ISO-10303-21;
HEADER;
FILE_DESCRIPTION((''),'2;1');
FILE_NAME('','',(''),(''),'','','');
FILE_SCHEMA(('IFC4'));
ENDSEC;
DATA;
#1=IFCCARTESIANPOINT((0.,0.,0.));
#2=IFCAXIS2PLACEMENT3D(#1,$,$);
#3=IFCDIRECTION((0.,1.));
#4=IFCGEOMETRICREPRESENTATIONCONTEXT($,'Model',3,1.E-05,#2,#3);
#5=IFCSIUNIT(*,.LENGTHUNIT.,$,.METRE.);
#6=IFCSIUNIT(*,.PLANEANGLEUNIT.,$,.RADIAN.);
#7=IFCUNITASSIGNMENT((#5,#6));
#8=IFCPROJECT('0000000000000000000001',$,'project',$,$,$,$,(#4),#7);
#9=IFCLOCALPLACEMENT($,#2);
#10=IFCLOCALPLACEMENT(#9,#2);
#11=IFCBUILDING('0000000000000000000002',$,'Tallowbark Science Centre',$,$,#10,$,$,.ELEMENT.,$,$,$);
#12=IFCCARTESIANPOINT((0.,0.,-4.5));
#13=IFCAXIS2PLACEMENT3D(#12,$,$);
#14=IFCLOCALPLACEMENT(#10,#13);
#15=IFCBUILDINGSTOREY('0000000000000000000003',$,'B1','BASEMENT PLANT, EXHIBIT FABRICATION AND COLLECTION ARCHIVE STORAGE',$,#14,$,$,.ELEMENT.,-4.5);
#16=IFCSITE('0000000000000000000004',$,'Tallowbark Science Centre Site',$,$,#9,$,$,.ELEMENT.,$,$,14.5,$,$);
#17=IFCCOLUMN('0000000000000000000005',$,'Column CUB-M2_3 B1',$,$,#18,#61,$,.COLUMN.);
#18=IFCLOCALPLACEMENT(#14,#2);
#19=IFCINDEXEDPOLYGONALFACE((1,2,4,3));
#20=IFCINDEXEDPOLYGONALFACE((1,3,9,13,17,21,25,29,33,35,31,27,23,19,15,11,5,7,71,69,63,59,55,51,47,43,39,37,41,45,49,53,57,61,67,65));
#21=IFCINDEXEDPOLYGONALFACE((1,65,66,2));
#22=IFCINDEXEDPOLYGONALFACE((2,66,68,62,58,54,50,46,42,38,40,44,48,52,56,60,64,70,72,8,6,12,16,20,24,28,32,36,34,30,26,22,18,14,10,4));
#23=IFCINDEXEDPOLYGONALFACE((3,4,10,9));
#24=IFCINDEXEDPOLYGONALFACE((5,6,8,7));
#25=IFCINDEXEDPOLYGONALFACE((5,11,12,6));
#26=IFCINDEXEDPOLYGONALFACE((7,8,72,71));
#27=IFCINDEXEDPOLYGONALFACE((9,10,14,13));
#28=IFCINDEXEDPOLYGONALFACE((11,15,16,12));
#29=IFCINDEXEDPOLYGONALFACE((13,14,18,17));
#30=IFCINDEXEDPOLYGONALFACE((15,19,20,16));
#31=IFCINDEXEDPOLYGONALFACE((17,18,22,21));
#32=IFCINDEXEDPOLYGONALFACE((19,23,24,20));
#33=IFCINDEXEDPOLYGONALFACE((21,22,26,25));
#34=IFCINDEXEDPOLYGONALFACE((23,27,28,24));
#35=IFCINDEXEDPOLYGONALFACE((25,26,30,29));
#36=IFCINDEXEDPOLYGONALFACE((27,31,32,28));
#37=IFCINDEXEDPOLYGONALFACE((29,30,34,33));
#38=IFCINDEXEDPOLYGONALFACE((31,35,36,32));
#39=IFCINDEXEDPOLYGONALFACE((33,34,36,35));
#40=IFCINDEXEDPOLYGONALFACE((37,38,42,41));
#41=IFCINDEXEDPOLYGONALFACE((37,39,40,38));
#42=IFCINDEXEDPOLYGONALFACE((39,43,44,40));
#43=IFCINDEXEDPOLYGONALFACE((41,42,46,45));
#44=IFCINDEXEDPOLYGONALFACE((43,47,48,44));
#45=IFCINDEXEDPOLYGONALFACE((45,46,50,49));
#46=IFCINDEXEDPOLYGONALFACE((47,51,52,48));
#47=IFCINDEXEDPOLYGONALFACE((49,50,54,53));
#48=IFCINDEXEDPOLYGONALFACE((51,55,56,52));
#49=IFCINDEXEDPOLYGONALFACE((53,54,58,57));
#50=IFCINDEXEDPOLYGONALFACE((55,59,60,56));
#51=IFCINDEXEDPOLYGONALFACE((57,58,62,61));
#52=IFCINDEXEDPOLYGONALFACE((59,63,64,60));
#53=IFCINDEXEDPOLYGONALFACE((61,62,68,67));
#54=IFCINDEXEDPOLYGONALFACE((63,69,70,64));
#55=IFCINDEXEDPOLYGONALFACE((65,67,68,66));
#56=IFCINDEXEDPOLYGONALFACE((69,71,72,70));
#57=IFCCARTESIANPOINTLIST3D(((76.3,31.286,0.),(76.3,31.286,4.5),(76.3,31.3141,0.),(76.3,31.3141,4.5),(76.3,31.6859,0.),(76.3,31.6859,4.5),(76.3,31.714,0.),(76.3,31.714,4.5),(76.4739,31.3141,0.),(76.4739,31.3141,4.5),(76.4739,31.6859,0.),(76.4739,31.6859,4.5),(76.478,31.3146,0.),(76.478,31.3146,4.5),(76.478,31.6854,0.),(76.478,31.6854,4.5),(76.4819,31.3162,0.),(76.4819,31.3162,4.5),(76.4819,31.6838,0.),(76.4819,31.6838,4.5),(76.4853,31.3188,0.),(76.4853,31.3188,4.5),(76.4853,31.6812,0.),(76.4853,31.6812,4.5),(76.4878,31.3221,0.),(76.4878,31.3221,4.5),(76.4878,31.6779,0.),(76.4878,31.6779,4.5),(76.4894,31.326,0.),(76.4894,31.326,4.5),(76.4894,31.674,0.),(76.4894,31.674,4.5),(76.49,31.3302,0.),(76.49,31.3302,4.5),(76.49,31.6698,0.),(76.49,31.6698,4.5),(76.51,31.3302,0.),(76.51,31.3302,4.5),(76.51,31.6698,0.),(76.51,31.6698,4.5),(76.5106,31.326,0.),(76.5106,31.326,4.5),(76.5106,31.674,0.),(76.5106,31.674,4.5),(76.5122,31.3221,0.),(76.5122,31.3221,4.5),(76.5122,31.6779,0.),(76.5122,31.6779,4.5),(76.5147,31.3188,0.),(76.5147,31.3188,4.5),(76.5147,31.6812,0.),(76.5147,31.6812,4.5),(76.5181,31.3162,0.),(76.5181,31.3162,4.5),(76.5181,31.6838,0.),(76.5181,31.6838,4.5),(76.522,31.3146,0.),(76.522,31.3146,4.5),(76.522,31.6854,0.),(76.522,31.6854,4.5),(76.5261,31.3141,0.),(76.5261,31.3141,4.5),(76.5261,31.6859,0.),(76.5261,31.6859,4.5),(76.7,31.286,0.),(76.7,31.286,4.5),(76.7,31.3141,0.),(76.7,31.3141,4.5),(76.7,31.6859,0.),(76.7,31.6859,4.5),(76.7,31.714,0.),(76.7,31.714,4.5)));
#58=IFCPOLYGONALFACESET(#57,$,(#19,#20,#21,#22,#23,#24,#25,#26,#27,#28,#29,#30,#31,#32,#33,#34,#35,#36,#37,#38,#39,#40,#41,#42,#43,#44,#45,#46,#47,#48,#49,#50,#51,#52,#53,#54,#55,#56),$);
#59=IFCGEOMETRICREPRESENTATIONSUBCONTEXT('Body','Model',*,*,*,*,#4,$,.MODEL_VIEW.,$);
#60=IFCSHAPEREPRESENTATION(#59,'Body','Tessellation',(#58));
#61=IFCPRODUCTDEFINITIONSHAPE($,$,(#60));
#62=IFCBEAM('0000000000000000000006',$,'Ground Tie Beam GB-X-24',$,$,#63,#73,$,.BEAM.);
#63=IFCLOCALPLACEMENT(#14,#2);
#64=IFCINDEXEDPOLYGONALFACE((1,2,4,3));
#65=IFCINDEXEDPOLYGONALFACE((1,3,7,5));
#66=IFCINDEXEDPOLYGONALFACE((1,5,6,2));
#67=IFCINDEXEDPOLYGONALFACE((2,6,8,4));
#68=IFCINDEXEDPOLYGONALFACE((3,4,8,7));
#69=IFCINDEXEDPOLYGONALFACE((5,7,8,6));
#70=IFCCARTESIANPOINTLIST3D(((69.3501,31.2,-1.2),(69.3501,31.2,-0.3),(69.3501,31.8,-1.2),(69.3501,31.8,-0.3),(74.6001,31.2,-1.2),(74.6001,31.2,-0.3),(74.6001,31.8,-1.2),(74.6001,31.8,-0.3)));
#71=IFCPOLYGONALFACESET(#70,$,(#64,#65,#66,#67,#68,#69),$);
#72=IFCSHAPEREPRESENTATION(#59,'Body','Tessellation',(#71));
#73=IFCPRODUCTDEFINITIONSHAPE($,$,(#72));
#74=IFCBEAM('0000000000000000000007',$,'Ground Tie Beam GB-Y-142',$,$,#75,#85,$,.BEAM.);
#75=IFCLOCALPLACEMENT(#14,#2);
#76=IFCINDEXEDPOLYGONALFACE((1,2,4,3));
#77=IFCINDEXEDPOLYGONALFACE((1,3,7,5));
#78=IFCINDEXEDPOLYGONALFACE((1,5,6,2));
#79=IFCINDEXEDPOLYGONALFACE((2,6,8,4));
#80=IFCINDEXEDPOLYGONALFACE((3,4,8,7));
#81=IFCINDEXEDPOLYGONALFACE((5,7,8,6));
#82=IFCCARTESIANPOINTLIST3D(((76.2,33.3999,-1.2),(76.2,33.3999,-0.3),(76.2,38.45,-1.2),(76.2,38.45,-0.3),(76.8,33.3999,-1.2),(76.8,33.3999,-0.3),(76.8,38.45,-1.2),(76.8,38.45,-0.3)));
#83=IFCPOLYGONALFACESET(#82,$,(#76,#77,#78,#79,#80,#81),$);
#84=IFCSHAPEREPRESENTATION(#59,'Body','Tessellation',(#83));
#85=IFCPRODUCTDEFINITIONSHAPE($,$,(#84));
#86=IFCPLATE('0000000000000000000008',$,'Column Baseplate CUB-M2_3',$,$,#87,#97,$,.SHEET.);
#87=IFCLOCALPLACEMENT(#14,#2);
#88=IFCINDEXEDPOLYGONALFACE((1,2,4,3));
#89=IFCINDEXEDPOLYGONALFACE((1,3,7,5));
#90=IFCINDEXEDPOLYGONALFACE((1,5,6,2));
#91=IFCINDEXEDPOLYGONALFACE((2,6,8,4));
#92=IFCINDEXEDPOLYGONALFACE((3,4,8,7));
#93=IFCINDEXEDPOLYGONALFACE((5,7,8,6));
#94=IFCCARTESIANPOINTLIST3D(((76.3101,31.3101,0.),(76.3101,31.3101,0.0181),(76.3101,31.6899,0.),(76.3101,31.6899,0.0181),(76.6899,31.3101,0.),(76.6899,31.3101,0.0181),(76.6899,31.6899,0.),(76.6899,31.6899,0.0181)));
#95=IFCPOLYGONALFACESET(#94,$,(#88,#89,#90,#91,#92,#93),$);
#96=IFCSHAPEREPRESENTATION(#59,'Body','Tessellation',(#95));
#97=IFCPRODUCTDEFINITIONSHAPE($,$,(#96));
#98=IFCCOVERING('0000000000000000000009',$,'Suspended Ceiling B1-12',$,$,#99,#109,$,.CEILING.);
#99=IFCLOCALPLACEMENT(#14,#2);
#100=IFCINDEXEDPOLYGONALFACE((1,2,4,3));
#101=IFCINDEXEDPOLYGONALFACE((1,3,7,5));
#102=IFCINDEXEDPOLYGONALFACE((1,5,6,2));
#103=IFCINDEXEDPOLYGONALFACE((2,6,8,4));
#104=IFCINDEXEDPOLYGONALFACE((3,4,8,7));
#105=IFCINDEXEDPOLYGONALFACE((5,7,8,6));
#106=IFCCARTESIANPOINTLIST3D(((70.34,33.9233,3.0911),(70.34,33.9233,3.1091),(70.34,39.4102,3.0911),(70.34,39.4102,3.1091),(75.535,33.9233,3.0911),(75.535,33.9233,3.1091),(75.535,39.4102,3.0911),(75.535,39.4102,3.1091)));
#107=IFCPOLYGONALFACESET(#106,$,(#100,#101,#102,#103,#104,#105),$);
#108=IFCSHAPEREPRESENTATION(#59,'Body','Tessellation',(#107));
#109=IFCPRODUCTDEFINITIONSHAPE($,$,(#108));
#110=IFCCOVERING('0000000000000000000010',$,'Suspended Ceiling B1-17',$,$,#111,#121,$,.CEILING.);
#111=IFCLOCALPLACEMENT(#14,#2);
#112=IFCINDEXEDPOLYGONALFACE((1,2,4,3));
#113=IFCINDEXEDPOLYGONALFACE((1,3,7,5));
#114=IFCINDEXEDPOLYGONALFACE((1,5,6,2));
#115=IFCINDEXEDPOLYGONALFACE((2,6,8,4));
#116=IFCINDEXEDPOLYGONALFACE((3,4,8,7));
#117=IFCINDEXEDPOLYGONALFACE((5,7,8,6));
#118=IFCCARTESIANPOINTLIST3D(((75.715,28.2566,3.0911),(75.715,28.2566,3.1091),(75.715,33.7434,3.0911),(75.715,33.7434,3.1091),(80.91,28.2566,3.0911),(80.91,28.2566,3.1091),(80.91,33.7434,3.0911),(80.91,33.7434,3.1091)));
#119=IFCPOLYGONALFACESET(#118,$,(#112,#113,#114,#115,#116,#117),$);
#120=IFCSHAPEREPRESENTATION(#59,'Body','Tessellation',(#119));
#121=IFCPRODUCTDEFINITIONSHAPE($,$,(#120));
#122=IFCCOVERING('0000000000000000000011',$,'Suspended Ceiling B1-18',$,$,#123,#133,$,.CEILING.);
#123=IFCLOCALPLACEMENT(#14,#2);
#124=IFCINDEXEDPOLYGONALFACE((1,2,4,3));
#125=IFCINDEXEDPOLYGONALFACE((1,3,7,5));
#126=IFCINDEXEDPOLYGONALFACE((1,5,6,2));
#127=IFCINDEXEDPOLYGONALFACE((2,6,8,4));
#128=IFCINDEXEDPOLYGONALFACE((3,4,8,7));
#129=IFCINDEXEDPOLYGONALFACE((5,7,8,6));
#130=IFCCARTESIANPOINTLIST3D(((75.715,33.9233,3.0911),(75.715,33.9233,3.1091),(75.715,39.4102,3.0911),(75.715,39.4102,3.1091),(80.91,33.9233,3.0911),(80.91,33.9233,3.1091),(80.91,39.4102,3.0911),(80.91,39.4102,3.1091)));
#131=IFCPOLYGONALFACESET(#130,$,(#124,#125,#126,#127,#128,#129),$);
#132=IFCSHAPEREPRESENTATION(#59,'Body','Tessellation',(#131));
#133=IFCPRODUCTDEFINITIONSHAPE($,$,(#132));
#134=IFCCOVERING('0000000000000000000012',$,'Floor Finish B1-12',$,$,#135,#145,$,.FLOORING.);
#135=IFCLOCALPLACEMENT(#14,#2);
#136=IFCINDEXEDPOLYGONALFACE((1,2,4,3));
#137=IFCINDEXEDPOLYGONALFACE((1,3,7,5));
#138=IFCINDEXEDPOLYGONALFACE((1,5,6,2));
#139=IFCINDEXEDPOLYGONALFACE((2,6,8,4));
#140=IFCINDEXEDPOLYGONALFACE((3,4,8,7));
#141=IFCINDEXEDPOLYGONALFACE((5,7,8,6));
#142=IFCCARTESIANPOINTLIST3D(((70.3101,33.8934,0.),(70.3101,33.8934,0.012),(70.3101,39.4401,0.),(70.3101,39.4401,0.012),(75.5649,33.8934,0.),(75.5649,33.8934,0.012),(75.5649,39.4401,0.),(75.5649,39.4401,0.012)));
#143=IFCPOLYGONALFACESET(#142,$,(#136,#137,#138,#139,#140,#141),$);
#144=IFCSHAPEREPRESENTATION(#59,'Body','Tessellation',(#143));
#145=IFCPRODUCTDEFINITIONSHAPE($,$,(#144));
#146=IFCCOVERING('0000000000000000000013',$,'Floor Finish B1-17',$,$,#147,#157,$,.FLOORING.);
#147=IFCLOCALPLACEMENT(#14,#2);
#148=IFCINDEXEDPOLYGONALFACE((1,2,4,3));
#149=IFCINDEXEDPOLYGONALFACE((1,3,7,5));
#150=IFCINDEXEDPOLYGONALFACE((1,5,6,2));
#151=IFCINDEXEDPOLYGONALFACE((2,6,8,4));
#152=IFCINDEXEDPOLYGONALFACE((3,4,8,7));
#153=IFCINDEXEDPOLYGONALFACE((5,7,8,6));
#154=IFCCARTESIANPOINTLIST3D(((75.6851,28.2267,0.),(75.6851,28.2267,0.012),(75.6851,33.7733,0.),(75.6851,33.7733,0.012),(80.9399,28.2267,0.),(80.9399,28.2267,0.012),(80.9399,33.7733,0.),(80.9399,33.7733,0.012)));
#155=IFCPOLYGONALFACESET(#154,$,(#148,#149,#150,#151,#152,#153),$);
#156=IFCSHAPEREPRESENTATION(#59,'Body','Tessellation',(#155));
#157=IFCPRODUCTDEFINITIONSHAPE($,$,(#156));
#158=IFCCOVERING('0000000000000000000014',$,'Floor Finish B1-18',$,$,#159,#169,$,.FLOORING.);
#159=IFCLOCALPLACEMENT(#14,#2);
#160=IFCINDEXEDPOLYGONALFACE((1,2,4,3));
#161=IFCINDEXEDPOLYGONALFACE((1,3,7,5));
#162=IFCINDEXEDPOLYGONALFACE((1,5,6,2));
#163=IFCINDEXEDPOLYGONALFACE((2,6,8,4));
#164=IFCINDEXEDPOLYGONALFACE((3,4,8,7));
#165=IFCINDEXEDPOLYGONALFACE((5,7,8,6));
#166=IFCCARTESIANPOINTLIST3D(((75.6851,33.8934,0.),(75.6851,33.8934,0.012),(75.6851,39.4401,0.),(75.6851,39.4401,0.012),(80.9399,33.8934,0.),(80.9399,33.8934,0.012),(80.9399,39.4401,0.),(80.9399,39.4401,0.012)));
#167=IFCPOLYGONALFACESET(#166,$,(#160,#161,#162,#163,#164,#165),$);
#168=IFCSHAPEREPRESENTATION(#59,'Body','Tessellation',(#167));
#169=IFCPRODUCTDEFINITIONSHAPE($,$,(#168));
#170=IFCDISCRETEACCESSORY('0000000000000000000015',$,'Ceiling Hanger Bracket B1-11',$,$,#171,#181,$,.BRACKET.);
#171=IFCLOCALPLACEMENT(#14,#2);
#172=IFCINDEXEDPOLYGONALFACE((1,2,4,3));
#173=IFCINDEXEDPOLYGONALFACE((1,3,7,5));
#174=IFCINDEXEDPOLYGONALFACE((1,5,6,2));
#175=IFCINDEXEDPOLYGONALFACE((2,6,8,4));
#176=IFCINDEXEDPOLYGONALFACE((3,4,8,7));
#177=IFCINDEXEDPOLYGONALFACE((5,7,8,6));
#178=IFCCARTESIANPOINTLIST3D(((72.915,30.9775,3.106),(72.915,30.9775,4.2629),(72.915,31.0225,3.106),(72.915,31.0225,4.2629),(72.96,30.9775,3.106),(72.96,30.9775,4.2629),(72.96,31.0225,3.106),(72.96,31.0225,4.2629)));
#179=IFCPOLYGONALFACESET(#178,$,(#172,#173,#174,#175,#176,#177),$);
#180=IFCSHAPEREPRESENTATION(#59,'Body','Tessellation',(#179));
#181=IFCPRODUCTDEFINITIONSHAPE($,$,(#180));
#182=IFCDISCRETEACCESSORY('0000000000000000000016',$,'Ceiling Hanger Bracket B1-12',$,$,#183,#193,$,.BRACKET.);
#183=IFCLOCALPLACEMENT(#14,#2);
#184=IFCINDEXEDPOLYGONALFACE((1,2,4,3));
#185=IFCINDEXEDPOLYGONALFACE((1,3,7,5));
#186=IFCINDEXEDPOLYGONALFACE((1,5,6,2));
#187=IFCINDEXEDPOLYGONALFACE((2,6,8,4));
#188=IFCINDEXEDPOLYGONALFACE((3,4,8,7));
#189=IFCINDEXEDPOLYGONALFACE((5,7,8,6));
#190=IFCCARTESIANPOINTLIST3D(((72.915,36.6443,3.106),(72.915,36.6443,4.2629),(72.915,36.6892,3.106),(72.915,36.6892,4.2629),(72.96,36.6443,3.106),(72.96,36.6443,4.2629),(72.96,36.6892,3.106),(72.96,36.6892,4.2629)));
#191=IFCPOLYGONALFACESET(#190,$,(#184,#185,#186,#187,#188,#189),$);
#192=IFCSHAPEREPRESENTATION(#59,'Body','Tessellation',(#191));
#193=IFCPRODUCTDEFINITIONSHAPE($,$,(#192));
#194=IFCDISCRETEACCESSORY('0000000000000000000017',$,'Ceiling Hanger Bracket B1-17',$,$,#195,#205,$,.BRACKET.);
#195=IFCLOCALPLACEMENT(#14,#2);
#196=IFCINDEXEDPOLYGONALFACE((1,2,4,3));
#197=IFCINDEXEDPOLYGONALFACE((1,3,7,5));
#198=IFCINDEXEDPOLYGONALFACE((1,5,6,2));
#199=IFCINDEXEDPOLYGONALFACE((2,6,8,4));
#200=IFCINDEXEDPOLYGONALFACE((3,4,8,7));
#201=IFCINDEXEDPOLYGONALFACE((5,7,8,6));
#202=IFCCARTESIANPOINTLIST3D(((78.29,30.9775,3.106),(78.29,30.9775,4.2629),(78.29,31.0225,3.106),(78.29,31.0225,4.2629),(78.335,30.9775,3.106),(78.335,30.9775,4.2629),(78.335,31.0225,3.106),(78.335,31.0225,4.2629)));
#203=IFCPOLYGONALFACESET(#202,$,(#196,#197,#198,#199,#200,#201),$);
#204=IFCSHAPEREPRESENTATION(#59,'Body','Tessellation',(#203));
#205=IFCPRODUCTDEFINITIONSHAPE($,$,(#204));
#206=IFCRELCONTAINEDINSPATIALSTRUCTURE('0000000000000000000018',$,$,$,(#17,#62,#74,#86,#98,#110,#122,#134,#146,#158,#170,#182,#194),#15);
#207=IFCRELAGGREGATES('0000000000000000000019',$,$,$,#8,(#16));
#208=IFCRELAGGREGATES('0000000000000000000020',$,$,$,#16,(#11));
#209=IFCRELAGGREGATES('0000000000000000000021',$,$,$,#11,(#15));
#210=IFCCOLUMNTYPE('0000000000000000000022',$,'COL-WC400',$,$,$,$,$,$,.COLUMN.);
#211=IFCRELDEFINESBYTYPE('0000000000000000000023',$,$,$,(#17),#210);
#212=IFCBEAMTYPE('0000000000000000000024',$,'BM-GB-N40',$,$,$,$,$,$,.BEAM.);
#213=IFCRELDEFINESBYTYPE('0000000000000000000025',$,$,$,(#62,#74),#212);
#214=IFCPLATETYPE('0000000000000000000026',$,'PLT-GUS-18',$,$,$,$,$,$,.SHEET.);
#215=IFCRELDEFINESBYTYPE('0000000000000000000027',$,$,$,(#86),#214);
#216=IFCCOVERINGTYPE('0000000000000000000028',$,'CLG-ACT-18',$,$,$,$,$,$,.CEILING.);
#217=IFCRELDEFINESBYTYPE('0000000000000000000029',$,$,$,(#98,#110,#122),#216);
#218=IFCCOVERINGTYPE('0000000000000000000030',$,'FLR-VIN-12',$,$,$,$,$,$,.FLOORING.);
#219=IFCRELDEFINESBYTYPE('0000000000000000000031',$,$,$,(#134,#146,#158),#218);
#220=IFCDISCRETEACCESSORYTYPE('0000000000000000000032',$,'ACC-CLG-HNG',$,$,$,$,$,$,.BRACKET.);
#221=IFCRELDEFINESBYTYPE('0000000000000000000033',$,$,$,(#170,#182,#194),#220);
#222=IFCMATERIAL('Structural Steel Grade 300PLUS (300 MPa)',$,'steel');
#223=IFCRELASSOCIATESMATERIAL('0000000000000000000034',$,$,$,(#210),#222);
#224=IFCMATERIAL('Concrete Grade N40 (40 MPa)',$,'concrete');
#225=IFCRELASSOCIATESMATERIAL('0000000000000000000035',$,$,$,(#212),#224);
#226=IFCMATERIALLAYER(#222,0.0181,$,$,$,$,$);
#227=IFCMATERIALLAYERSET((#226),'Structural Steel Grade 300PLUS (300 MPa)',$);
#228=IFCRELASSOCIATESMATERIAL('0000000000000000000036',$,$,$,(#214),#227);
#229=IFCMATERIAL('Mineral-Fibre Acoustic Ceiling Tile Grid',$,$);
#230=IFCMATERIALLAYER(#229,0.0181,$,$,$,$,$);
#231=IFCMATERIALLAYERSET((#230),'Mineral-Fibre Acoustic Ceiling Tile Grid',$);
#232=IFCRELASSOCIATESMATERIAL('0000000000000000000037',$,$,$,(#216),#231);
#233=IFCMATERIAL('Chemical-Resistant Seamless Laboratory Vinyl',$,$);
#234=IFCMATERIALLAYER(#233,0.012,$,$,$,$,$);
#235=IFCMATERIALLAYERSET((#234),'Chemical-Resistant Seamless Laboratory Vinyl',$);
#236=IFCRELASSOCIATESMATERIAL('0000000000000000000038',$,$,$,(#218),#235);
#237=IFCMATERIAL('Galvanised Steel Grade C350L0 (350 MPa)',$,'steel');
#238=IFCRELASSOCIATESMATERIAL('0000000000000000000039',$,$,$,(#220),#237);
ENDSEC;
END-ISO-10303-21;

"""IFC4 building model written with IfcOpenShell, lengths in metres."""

from ifc_helpers import new_model, si_unit, direction, frame, origin, origin_2d, place, context, subcontext, project, spatial, rectangle, i_section, extrude, material, layer, layer_set, material_profile, profile_set, type_object, element, save


model = new_model("IFC4")

# Units and contexts
model_context = context("Model", 3, precision=1e-05, world=origin(), true_north=direction((0.0, 1.0)))
body_context = subcontext(model_context, "Body", "Model", "MODEL_VIEW")
ifc_project = project(units=[si_unit("LENGTHUNIT", "METRE"), si_unit("PLANEANGLEUNIT", "RADIAN")], contexts=[model_context])

# Site, building, storey
site_placement = place(None, origin())
site = spatial("IfcSite", under=ifc_project, at=site_placement, Name="Tallowbark Science Centre Site", CompositionType="ELEMENT", RefElevation=14.5)
building_placement = place(site_placement, origin())
building = spatial("IfcBuilding", under=site, at=building_placement, Name="Tallowbark Science Centre", CompositionType="ELEMENT")
storey_placement = place(building_placement, frame((0.0, 0.0, -4.5)))
storey = spatial("IfcBuildingStorey", under=building, at=storey_placement, Name="B1", Description="BASEMENT PLANT, EXHIBIT FABRICATION AND COLLECTION ARCHIVE STORAGE", CompositionType="ELEMENT", Elevation=-4.5)

# Shared definitions
ifc_material_1 = material(Name="Concrete Grade N40 (40 MPa)", Category="concrete")

# Column
ifc_material_2 = material(Name="Structural Steel Grade 300PLUS (300 MPa)", Category="steel")
ifc_material_profile_1 = material_profile(ifc_material_2, i_section(OverallWidth=0.3999, OverallDepth=0.428, WebThickness=0.02, FlangeThickness=0.0281, FilletRadius=0.0161, at=origin_2d()), Name="400WC270")
ifc_profile_set_1 = profile_set([ifc_material_profile_1], Name="Structural Steel Grade 300PLUS (300 MPa)")
column_type = type_object("IfcColumnType", Name="COL-WC400", PredefinedType="COLUMN", material=ifc_profile_set_1)
column_placement = place(storey_placement, frame((76.5, 31.5, 0.0), z_axis=(0.0, 0.0, 1.0), x_axis=(1.0, 0.0, 0.0)))
element("IfcColumn", 1, at=column_placement, inside=storey, type_object=column_type, Name="Column CUB-M2_3 B1", PredefinedType="COLUMN", context=body_context, shape_type="SweptSolid", body=[
    extrude(i_section(OverallWidth=0.3999, OverallDepth=0.428, WebThickness=0.02, FlangeThickness=0.0281, FilletRadius=0.0161, at=origin_2d()), origin(), (0.0, 0.0, 1.0), 4.5),
])

# Beams
ifc_material_profile_2 = material_profile(ifc_material_1, rectangle(XDim=0.6001, YDim=0.8999, at=origin_2d()), Name="RC600x900")
ifc_profile_set_2 = profile_set([ifc_material_profile_2], Name="Concrete Grade N40 (40 MPa)")
beam_type = type_object("IfcBeamType", Name="BM-GB-N40", PredefinedType="BEAM", material=ifc_profile_set_2)
beam_1_placement = place(storey_placement, frame((69.3501, 31.5, -0.75), z_axis=(1.0, 0.0, 0.0), x_axis=(0.0, 1.0, 0.0)))
element("IfcBeam", 2, at=beam_1_placement, inside=storey, type_object=beam_type, Name="Ground Tie Beam GB-X-24", PredefinedType="BEAM", context=body_context, shape_type="SweptSolid", body=[
    extrude(rectangle(XDim=0.6001, YDim=0.8999, at=origin_2d()), origin(), (0.0, 0.0, 1.0), 5.25),
])
beam_2_placement = place(storey_placement, frame((76.5, 33.3999, -0.75), z_axis=(0.0, 1.0, 0.0), x_axis=(-1.0, 0.0, 0.0)))
element("IfcBeam", 3, at=beam_2_placement, inside=storey, type_object=beam_type, Name="Ground Tie Beam GB-Y-142", PredefinedType="BEAM", context=body_context, shape_type="SweptSolid", body=[
    extrude(rectangle(XDim=0.6001, YDim=0.8999, at=origin_2d()), origin(), (0.0, 0.0, 1.0), 5.05),
])

# Plate
ifc_layer_1 = layer(ifc_material_2, 0.0181)
ifc_layer_set_1 = layer_set([ifc_layer_1], Name="Structural Steel Grade 300PLUS (300 MPa)")
plate_type = type_object("IfcPlateType", Name="PLT-GUS-18", PredefinedType="SHEET", material=ifc_layer_set_1)
plate_placement = place(storey_placement, frame((76.5, 31.5, 0.0), z_axis=(0.0, 0.0, 1.0), x_axis=(1.0, 0.0, 0.0)))
element("IfcPlate", 4, at=plate_placement, inside=storey, type_object=plate_type, Name="Column Baseplate CUB-M2_3", PredefinedType="SHEET", context=body_context, shape_type="SweptSolid", body=[
    extrude(rectangle(XDim=0.3799, YDim=0.3799, at=origin_2d()), origin(), (0.0, 0.0, 1.0), 0.0181),
])

# Coverings
ifc_material_3 = material(Name="Mineral-Fibre Acoustic Ceiling Tile Grid")
ifc_layer_2 = layer(ifc_material_3, 0.0181)
ifc_layer_set_2 = layer_set([ifc_layer_2], Name="Mineral-Fibre Acoustic Ceiling Tile Grid")
covering_type_1 = type_object("IfcCoveringType", Name="CLG-ACT-18", PredefinedType="CEILING", material=ifc_layer_set_2)
for number, where, z_axis, x_axis, name in (
    (5, (72.9375, 36.6667, 3.0911), (0.0, 0.0, 1.0), (1.0, 0.0, 0.0), "Suspended Ceiling B1-12"),
    (6, (78.3125, 31.0, 3.0911), (0.0, 0.0, 1.0), (1.0, 0.0, 0.0), "Suspended Ceiling B1-17"),
    (7, (78.3125, 36.6667, 3.0911), (0.0, 0.0, 1.0), (1.0, 0.0, 0.0), "Suspended Ceiling B1-18"),
):
    element("IfcCovering", number, at=place(storey_placement, frame(where, z_axis=z_axis, x_axis=x_axis)), inside=storey, type_object=covering_type_1, Name=name, PredefinedType="CEILING", context=body_context, shape_type="SweptSolid", body=[
        extrude(rectangle(XDim=5.1951, YDim=5.4868, at=origin_2d()), origin(), (0.0, 0.0, 1.0), 0.0181),
    ])
ifc_material_4 = material(Name="Chemical-Resistant Seamless Laboratory Vinyl")
ifc_layer_3 = layer(ifc_material_4, 0.012)
ifc_layer_set_3 = layer_set([ifc_layer_3], Name="Chemical-Resistant Seamless Laboratory Vinyl")
covering_type_2 = type_object("IfcCoveringType", Name="FLR-VIN-12", PredefinedType="FLOORING", material=ifc_layer_set_3)
for number, where, z_axis, x_axis, name in (
    (8, (72.9375, 36.6667, 0.0), (0.0, 0.0, 1.0), (1.0, 0.0, 0.0), "Floor Finish B1-12"),
    (9, (78.3125, 31.0, 0.0), (0.0, 0.0, 1.0), (1.0, 0.0, 0.0), "Floor Finish B1-17"),
    (10, (78.3125, 36.6667, 0.0), (0.0, 0.0, 1.0), (1.0, 0.0, 0.0), "Floor Finish B1-18"),
):
    element("IfcCovering", number, at=place(storey_placement, frame(where, z_axis=z_axis, x_axis=x_axis)), inside=storey, type_object=covering_type_2, Name=name, PredefinedType="FLOORING", context=body_context, shape_type="SweptSolid", body=[
        extrude(rectangle(XDim=5.2549, YDim=5.5466, at=origin_2d()), origin(), (0.0, 0.0, 1.0), 0.012),
    ])

# Discrete accessories
ifc_material_5 = material(Name="Galvanised Steel Grade C350L0 (350 MPa)", Category="steel")
discrete_accessory_type = type_object("IfcDiscreteAccessoryType", Name="ACC-CLG-HNG", PredefinedType="BRACKET", material=ifc_material_5)
for number, where, z_axis, x_axis, name in (
    (11, (72.9375, 31.0, 3.106), (0.0, 0.0, 1.0), (1.0, 0.0, 0.0), "Ceiling Hanger Bracket B1-11"),
    (12, (72.9375, 36.6667, 3.106), (0.0, 0.0, 1.0), (1.0, 0.0, 0.0), "Ceiling Hanger Bracket B1-12"),
    (13, (78.3125, 31.0, 3.106), (0.0, 0.0, 1.0), (1.0, 0.0, 0.0), "Ceiling Hanger Bracket B1-17"),
):
    element("IfcDiscreteAccessory", number, at=place(storey_placement, frame(where, z_axis=z_axis, x_axis=x_axis)), inside=storey, type_object=discrete_accessory_type, Name=name, PredefinedType="BRACKET", context=body_context, shape_type="SweptSolid", body=[
        extrude(rectangle(XDim=0.0449, YDim=0.0449, at=origin_2d()), origin(), (0.0, 0.0, 1.0), 1.157),
    ])

save(model, "model.ifc")
